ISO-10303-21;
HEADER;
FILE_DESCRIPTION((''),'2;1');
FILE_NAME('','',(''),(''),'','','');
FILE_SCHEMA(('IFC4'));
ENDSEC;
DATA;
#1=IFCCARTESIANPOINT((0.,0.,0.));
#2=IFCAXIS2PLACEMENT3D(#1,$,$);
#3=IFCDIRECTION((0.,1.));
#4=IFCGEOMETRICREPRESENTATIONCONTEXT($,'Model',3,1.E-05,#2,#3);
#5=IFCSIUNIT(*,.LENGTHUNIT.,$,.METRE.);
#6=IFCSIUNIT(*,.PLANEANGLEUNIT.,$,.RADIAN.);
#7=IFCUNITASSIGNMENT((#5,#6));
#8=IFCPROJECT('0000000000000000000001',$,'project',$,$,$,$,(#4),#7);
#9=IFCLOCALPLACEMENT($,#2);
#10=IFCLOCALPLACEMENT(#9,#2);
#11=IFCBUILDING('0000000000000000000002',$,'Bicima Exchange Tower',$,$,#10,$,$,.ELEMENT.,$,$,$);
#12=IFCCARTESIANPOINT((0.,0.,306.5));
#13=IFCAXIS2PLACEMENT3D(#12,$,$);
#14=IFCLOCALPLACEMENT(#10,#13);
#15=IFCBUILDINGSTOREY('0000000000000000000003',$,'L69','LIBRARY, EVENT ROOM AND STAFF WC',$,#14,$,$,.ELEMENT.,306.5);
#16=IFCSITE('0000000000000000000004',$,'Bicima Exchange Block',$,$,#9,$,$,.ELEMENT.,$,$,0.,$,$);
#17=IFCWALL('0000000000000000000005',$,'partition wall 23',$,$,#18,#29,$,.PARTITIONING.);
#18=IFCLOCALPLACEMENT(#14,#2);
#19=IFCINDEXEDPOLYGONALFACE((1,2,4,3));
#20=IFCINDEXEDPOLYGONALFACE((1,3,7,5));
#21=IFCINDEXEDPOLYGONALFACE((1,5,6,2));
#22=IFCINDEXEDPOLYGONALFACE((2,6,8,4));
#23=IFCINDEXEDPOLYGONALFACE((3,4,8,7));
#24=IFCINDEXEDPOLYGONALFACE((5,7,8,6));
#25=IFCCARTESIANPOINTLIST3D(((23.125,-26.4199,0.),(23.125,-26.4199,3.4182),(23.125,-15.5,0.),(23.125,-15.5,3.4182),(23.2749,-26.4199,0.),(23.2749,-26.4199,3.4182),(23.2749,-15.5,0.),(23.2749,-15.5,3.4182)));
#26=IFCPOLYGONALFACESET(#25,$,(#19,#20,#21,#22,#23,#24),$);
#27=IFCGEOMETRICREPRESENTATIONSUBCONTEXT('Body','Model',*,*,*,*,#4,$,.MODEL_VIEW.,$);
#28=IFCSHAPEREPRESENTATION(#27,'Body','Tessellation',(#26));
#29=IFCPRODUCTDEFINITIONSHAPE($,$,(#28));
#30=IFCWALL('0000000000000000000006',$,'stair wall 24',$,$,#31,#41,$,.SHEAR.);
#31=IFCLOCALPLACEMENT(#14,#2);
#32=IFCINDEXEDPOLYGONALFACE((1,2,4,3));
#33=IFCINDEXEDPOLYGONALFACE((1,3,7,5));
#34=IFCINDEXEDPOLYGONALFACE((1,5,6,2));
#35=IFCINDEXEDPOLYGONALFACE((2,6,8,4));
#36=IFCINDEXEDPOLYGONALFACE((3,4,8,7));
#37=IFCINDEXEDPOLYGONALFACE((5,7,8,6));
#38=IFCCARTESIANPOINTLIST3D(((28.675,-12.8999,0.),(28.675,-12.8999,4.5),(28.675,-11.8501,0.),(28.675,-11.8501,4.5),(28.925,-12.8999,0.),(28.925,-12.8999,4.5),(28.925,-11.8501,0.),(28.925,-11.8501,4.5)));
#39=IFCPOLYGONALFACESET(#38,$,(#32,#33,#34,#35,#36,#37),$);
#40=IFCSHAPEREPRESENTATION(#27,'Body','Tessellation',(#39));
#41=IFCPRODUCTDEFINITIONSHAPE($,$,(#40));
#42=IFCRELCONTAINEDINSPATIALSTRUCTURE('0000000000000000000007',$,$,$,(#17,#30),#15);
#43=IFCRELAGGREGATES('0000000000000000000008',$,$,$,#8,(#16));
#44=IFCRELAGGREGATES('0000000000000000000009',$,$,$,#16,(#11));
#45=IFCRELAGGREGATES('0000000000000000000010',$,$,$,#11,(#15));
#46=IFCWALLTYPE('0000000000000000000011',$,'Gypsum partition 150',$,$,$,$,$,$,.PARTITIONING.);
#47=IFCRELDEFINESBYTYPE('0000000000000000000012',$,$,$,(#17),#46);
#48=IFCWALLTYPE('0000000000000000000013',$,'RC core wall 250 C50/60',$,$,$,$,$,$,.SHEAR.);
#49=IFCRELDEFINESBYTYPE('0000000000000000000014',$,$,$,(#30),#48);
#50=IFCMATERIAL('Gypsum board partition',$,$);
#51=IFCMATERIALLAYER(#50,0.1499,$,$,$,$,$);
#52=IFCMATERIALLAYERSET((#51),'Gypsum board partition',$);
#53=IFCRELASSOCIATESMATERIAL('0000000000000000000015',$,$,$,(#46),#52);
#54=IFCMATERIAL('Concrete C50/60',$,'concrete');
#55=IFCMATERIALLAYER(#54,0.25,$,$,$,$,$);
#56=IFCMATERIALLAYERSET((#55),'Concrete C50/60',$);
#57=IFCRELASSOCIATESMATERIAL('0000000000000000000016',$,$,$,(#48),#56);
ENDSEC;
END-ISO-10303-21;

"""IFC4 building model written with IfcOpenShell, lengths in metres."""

from ifc_helpers import new_model, si_unit, direction, frame, frame_2d, origin, place, context, subcontext, project, spatial, rectangle, extrude, material, layer, layer_set, type_object, element, save


model = new_model("IFC4")

# Units and contexts
model_context = context("Model", 3, precision=1e-05, world=origin(), true_north=direction((0.0, 1.0)))
body_context = subcontext(model_context, "Body", "Model", "MODEL_VIEW")
ifc_project = project(units=[si_unit("LENGTHUNIT", "METRE"), si_unit("PLANEANGLEUNIT", "RADIAN")], contexts=[model_context])

# Site, building, storey
site_placement = place(None, origin())
site = spatial("IfcSite", under=ifc_project, at=site_placement, Name="Bicima Exchange Block", CompositionType="ELEMENT", RefElevation=0.0)
building_placement = place(site_placement, origin())
building = spatial("IfcBuilding", under=site, at=building_placement, Name="Bicima Exchange Tower", CompositionType="ELEMENT")
storey_placement = place(building_placement, frame((0.0, 0.0, 306.5)))
storey = spatial("IfcBuildingStorey", under=building, at=storey_placement, Name="L69", Description="LIBRARY, EVENT ROOM AND STAFF WC", CompositionType="ELEMENT", Elevation=306.5)

# Shared definitions
ifc_material_1 = material(Name="Gypsum board partition")

# Walls
ifc_layer_1 = layer(ifc_material_1, 0.1499)
ifc_layer_set_1 = layer_set([ifc_layer_1], Name="Gypsum board partition")
wall_type_1 = type_object("IfcWallType", Name="Gypsum partition 150", PredefinedType="PARTITIONING", material=ifc_layer_set_1)
wall_1_placement = place(storey_placement, frame((23.2, -26.4199, 0.0), z_axis=(0.0, 0.0, 1.0), x_axis=(0.0, 1.0, 0.0)))
element("IfcWall", 1, at=wall_1_placement, inside=storey, type_object=wall_type_1, Name="partition wall 23", PredefinedType="PARTITIONING", context=body_context, shape_type="SweptSolid", body=[
    extrude(rectangle(XDim=10.9199, YDim=0.1499, at=frame_2d((5.46, 0.0))), origin(), (0.0, 0.0, 1.0), 3.4182),
])
ifc_material_2 = material(Name="Concrete C50/60", Category="concrete")
ifc_layer_2 = layer(ifc_material_2, 0.25)
ifc_layer_set_2 = layer_set([ifc_layer_2], Name="Concrete C50/60")
wall_type_2 = type_object("IfcWallType", Name="RC core wall 250 C50/60", PredefinedType="SHEAR", material=ifc_layer_set_2)
wall_2_placement = place(storey_placement, frame((28.8, -12.8999, 0.0), z_axis=(0.0, 0.0, 1.0), x_axis=(0.0, 1.0, 0.0)))
element("IfcWall", 2, at=wall_2_placement, inside=storey, type_object=wall_type_2, Name="stair wall 24", PredefinedType="SHEAR", context=body_context, shape_type="SweptSolid", body=[
    extrude(rectangle(XDim=1.0498, YDim=0.25, at=frame_2d((0.5249, 0.0))), origin(), (0.0, 0.0, 1.0), 4.5),
])

save(model, "model.ifc")
